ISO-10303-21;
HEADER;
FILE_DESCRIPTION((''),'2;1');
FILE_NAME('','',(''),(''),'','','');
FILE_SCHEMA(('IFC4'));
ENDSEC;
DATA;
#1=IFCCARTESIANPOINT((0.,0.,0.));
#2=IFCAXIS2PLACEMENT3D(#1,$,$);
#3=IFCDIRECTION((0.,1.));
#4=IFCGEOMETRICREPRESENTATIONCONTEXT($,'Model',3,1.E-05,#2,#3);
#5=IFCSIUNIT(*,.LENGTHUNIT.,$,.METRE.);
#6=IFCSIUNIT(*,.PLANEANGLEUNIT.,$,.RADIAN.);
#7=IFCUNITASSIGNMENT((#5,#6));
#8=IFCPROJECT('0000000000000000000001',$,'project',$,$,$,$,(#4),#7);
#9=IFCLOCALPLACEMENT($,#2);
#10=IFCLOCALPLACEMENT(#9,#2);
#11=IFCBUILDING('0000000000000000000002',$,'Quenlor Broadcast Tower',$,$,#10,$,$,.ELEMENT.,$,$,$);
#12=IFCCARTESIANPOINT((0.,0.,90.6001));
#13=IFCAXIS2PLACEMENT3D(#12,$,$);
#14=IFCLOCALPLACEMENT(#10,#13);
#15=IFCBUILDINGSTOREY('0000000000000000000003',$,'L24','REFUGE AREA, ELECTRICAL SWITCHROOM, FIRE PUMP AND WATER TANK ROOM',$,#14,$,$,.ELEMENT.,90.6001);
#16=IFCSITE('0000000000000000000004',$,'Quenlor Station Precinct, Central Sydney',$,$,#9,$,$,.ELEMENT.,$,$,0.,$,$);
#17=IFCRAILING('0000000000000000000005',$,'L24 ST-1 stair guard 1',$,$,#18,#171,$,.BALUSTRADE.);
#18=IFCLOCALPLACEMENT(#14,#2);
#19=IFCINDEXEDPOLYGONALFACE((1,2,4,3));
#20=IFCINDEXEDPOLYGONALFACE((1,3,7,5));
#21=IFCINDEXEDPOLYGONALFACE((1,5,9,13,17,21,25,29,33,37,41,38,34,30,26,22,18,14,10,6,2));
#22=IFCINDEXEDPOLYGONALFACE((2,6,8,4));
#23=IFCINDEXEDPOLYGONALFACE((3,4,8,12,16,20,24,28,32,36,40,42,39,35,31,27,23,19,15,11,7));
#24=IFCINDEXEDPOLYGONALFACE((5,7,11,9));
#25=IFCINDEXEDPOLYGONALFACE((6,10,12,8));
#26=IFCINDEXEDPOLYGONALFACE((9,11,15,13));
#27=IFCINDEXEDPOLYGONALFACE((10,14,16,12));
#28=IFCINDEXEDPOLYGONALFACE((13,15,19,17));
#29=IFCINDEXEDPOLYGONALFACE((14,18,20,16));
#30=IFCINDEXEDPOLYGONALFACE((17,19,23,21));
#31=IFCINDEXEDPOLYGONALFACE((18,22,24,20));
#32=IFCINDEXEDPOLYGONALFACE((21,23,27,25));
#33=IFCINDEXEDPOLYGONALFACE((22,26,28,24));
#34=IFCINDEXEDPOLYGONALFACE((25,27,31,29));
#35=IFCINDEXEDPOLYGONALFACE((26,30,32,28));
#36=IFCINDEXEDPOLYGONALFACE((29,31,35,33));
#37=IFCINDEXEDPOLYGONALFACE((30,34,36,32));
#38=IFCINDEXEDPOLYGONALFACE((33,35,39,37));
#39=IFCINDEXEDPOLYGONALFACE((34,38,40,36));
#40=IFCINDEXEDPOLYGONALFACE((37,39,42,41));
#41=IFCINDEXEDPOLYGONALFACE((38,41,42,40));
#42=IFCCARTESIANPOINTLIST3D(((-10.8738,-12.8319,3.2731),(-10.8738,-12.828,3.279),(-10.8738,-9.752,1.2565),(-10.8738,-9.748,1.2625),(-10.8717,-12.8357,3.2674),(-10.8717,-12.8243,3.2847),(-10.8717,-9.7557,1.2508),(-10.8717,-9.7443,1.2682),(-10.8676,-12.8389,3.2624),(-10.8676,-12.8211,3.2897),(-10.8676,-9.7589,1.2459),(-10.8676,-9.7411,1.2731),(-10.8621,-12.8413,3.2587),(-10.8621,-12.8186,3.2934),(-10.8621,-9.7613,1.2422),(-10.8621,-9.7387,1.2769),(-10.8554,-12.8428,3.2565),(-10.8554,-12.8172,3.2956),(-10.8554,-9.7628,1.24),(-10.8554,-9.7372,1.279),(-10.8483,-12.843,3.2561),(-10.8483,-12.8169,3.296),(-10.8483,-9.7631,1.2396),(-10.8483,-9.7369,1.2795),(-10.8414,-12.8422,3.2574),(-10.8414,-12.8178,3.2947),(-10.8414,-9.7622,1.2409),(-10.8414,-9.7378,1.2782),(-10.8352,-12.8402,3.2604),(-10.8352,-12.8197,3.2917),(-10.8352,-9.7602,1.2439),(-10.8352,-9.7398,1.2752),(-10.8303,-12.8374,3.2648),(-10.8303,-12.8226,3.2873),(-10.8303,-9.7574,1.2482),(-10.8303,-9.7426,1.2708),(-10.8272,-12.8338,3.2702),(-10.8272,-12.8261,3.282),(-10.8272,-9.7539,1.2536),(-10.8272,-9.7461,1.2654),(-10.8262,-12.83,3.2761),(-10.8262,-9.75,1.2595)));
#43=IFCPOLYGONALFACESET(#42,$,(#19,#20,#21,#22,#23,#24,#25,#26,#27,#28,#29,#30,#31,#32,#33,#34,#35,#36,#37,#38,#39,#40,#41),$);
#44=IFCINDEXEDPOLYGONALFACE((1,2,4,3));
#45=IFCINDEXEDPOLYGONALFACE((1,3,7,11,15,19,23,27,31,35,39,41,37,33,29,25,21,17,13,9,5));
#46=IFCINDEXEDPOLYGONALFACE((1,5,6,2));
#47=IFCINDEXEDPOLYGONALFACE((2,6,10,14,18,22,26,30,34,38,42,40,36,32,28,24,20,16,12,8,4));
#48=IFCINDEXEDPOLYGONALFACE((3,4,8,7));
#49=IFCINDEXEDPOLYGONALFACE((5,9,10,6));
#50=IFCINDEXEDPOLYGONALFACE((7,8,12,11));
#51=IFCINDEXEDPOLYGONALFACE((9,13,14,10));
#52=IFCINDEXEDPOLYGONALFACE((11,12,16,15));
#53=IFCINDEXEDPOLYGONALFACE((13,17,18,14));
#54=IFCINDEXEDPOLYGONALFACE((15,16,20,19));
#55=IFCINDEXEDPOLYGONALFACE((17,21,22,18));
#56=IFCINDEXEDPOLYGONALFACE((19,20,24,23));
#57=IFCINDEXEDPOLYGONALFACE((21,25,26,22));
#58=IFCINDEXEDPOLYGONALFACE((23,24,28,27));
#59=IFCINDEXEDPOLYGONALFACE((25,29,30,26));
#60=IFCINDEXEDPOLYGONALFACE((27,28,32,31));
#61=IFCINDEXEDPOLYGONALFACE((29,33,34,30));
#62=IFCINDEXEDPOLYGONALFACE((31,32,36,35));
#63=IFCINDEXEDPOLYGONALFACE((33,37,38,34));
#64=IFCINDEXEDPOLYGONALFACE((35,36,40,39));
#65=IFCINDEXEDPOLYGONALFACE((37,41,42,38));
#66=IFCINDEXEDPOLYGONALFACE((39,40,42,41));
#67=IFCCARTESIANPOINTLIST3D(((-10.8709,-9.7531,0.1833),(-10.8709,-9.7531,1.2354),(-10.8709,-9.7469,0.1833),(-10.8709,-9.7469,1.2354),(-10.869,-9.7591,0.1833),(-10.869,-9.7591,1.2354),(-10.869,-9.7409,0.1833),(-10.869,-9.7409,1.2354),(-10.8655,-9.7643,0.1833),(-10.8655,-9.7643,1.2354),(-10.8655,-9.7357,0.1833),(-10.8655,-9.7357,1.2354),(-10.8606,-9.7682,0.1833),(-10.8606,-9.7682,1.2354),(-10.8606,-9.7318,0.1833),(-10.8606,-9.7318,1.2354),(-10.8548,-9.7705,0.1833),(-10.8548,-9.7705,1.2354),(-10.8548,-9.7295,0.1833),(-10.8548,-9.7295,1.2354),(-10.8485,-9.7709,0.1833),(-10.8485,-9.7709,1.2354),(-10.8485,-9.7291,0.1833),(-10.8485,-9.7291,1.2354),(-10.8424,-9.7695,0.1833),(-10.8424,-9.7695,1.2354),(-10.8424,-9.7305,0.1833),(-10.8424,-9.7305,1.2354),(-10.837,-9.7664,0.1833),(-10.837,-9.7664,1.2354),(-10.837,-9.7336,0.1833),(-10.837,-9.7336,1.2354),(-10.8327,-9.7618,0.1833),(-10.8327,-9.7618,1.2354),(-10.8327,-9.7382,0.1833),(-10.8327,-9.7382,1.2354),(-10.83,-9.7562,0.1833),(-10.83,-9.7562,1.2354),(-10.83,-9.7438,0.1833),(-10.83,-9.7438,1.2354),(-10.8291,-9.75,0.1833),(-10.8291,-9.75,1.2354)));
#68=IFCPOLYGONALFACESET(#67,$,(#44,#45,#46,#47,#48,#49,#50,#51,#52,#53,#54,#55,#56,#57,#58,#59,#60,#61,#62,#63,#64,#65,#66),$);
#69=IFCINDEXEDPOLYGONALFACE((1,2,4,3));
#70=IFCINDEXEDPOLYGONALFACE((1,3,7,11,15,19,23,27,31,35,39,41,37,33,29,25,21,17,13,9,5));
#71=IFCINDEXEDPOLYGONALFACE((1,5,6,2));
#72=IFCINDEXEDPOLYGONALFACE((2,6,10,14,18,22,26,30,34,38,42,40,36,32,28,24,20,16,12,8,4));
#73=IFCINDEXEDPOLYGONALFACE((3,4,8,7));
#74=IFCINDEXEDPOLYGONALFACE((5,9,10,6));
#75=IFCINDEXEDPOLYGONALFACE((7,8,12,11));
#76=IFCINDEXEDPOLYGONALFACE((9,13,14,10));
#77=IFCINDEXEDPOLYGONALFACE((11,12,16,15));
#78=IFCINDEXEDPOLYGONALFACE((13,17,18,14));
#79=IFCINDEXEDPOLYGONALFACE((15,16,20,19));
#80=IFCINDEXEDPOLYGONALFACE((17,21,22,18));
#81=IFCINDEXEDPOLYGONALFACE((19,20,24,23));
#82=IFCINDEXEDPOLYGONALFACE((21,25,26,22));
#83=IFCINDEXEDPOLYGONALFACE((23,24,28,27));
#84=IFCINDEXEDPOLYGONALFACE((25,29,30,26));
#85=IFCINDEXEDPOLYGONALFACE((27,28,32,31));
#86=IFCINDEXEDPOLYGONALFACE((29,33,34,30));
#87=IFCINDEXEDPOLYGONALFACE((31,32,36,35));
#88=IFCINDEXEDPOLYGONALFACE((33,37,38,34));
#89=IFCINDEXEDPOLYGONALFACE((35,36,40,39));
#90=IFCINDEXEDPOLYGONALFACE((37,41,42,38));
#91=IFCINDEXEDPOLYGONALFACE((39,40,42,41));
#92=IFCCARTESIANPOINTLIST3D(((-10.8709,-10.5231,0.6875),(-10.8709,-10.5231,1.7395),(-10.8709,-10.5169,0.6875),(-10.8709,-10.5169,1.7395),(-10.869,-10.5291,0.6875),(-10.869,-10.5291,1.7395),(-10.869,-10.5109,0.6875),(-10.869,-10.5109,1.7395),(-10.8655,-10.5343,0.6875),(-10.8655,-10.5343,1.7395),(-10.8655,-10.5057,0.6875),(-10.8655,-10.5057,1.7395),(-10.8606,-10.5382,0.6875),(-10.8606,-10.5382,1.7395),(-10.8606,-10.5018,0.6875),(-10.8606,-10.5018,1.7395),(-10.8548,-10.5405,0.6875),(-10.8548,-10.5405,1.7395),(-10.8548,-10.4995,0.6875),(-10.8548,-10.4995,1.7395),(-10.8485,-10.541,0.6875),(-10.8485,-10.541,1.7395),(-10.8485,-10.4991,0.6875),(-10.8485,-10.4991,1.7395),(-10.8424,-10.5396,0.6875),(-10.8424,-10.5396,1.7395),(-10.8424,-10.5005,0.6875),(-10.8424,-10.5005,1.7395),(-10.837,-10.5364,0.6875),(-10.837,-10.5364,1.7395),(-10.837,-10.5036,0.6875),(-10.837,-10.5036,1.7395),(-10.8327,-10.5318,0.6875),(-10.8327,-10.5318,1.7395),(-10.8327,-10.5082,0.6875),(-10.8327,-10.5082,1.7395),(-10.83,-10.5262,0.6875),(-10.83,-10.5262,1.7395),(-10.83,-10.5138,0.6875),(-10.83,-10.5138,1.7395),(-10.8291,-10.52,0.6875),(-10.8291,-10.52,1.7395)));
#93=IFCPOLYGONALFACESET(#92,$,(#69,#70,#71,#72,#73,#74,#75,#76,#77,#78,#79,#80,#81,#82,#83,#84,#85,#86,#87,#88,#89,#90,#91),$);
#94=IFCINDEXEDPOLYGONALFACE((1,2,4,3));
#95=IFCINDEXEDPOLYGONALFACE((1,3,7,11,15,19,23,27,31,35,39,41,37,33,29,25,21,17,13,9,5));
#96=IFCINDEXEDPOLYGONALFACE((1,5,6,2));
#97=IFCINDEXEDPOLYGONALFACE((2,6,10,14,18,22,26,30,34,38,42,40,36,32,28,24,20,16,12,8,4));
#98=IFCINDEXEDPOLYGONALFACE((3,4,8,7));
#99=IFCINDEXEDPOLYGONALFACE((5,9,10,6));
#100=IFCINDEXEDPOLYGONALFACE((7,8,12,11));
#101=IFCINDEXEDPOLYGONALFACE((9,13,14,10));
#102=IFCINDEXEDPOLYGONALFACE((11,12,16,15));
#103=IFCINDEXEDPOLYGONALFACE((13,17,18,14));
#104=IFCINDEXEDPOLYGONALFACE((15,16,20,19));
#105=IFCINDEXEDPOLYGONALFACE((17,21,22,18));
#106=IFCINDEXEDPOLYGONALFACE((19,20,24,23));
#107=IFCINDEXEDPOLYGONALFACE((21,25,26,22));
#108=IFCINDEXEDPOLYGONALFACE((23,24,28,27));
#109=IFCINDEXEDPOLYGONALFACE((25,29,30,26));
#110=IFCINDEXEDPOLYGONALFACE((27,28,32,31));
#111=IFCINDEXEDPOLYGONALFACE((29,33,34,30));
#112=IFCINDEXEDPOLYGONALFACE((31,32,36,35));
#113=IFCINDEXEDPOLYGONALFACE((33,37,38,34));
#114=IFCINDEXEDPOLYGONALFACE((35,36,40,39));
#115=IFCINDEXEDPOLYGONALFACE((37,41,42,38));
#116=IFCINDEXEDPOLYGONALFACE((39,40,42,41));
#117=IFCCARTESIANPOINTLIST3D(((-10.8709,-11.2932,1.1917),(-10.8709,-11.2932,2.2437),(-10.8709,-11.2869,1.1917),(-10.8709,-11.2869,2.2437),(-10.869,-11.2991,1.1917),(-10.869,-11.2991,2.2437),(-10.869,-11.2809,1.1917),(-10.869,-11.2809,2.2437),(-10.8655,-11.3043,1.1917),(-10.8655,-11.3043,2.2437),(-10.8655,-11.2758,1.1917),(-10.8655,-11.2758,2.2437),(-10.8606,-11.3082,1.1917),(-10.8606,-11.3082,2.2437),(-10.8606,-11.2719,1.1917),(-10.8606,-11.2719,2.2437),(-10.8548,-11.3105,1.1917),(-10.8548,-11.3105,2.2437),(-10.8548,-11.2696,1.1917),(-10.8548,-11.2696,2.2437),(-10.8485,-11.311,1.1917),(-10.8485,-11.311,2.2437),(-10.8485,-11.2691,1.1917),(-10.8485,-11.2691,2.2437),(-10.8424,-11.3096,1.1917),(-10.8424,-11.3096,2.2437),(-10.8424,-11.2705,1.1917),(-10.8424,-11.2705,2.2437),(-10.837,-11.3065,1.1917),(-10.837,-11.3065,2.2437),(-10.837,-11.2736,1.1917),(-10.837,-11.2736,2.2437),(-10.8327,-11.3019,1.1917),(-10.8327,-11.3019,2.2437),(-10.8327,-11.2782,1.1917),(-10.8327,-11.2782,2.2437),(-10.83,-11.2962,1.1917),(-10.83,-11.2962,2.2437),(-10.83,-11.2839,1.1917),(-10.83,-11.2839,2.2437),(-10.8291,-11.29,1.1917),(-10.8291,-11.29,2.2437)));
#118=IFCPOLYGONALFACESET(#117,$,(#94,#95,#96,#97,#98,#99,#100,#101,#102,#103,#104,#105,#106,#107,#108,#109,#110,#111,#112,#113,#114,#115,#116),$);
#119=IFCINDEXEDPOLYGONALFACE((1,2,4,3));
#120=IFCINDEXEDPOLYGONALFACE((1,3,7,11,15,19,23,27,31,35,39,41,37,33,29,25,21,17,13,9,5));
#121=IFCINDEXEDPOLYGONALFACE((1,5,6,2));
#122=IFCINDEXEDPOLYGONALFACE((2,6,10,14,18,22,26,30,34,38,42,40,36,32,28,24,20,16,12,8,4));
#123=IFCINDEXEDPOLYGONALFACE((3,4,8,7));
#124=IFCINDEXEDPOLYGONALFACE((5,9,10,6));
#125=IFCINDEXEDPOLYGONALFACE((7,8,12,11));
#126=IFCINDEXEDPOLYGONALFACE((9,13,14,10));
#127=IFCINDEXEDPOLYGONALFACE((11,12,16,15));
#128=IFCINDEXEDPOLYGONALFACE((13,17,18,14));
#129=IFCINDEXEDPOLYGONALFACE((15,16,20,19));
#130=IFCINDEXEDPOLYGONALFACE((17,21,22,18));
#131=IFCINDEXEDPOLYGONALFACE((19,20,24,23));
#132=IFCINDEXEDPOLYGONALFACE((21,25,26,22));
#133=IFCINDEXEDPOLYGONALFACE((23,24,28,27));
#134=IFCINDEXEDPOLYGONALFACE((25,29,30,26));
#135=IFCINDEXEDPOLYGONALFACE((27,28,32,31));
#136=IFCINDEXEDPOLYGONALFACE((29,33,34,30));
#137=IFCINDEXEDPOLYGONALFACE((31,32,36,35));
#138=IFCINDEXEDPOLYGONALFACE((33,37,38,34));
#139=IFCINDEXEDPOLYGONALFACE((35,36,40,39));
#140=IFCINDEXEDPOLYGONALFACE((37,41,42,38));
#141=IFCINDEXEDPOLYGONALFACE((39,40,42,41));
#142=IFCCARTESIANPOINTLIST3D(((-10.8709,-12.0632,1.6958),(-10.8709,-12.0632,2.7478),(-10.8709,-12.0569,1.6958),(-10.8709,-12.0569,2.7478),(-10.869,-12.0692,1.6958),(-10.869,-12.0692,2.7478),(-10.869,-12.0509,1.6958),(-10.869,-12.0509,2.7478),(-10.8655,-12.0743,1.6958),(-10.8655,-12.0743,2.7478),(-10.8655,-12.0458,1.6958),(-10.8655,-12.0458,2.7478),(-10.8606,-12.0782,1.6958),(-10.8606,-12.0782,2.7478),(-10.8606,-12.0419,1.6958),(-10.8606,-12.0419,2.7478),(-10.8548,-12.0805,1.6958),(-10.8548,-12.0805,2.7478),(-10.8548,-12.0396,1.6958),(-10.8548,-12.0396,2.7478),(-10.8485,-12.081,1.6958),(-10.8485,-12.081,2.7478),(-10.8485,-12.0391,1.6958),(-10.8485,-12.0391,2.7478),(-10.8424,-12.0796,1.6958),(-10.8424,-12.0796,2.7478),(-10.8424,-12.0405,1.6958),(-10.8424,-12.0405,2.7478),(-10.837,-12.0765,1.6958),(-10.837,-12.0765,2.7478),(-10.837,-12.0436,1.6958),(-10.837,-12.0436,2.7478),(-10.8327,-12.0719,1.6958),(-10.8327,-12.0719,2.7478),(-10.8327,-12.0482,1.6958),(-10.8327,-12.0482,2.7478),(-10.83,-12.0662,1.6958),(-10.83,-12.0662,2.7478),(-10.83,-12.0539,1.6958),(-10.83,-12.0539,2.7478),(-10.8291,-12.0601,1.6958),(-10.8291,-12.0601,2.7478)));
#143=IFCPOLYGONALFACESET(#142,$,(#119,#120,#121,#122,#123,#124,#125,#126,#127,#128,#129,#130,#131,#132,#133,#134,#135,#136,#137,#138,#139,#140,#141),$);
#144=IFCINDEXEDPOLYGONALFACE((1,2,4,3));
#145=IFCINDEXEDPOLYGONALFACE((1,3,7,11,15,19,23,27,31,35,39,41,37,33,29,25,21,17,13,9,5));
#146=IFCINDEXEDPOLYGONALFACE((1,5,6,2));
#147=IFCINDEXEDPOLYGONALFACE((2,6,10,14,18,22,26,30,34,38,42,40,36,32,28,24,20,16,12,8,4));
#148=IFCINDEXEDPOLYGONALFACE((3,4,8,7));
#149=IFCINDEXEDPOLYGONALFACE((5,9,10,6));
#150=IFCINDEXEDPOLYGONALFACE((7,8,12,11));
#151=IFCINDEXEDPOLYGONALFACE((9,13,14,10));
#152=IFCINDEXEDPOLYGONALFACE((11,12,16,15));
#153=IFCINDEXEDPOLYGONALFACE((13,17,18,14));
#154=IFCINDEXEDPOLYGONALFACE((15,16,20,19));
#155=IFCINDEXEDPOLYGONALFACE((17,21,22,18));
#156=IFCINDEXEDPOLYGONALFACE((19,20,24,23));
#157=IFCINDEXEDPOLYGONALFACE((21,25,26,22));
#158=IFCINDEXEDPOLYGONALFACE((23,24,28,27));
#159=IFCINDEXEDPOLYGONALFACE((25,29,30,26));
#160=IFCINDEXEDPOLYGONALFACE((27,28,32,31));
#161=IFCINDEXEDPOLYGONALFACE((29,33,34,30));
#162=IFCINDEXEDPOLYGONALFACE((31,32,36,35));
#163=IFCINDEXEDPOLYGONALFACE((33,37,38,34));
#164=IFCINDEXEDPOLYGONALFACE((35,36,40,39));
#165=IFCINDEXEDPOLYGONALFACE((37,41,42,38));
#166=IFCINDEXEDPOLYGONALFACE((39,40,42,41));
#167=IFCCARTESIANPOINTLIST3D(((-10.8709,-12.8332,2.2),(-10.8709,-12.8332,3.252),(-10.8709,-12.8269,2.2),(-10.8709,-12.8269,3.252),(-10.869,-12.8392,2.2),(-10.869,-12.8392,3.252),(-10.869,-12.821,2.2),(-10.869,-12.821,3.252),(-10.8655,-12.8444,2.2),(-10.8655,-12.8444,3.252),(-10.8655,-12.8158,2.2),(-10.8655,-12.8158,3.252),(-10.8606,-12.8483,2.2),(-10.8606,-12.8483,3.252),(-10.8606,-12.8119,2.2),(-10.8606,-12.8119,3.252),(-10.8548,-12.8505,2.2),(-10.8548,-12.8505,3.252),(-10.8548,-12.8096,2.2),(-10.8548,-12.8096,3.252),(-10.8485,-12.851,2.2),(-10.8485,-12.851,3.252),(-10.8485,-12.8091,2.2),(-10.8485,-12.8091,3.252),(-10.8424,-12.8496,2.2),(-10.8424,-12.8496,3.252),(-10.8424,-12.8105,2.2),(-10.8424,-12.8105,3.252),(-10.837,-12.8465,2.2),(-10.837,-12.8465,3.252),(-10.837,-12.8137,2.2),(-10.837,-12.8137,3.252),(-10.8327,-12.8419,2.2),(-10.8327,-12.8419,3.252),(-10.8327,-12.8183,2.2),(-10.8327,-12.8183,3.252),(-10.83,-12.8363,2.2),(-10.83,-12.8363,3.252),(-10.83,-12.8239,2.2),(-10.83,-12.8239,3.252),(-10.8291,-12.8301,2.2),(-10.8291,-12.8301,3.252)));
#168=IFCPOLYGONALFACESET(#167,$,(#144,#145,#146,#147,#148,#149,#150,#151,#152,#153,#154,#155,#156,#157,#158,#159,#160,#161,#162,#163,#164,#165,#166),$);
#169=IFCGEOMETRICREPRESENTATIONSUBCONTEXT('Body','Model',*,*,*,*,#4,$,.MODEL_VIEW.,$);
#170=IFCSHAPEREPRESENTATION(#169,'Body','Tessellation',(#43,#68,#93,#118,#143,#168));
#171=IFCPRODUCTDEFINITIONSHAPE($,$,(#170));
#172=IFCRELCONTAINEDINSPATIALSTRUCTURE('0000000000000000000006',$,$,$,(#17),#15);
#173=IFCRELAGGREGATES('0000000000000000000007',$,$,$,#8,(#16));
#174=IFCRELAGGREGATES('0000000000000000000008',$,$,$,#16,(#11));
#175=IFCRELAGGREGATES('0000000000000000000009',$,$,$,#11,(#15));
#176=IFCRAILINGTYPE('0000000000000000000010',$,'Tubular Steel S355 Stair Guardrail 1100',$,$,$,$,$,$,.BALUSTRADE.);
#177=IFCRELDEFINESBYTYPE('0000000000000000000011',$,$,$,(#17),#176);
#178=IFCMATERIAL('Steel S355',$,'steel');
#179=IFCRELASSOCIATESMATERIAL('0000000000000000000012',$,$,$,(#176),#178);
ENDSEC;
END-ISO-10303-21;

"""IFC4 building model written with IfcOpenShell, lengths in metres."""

from ifc_helpers import new_model, si_unit, direction, frame, origin, origin_2d, place, context, subcontext, project, spatial, circle, extrude, material, type_object, element, save


model = new_model("IFC4")

# Units and contexts
model_context = context("Model", 3, precision=1e-05, world=origin(), true_north=direction((0.0, 1.0)))
body_context = subcontext(model_context, "Body", "Model", "MODEL_VIEW")
ifc_project = project(units=[si_unit("LENGTHUNIT", "METRE"), si_unit("PLANEANGLEUNIT", "RADIAN")], contexts=[model_context])

# Site, building, storey
site_placement = place(None, origin())
site = spatial("IfcSite", under=ifc_project, at=site_placement, Name="Quenlor Station Precinct, Central Sydney", CompositionType="ELEMENT", RefElevation=0.0)
building_placement = place(site_placement, origin())
building = spatial("IfcBuilding", under=site, at=building_placement, Name="Quenlor Broadcast Tower", CompositionType="ELEMENT")
storey_placement = place(building_placement, frame((0.0, 0.0, 90.6001)))
storey = spatial("IfcBuildingStorey", under=building, at=storey_placement, Name="L24", Description="REFUGE AREA, ELECTRICAL SWITCHROOM, FIRE PUMP AND WATER TANK ROOM", CompositionType="ELEMENT", Elevation=90.6001)

# Railing
ifc_material_1 = material(Name="Steel S355", Category="steel")
railing_type_1 = type_object("IfcRailingType", Name="Tubular Steel S355 Stair Guardrail 1100", PredefinedType="BALUSTRADE", material=ifc_material_1)
railing_1_placement = place(storey_placement, frame((-10.8501, -9.75, 0.1833)))
element("IfcRailing", 1, at=railing_1_placement, inside=storey, type_object=railing_type_1, Name="L24 ST-1 stair guard 1", PredefinedType="BALUSTRADE", context=body_context, shape_type="SweptSolid", body=[
    extrude(circle(Radius=0.0239, at=origin_2d()), frame((0.0, 0.0, 1.0762), z_axis=(0.0, -0.836633, 0.547764), x_axis=(1.0, 0.0, 0.0)), (0.0, 0.0, 1.0), 3.6814),
    extrude(circle(Radius=0.021, at=origin_2d()), origin(), (0.0, 0.0, 1.0), 1.052),
    extrude(circle(Radius=0.021, at=origin_2d()), frame((0.0, -0.77, 0.5042)), (0.0, 0.0, 1.0), 1.052),
    extrude(circle(Radius=0.021, at=origin_2d()), frame((0.0, -1.54, 1.0083)), (0.0, 0.0, 1.0), 1.052),
    extrude(circle(Radius=0.021, at=origin_2d()), frame((0.0, -2.3101, 1.5125)), (0.0, 0.0, 1.0), 1.052),
    extrude(circle(Radius=0.021, at=origin_2d()), frame((0.0, -3.0801, 2.0166)), (0.0, 0.0, 1.0), 1.052),
])

save(model, "model.ifc")
